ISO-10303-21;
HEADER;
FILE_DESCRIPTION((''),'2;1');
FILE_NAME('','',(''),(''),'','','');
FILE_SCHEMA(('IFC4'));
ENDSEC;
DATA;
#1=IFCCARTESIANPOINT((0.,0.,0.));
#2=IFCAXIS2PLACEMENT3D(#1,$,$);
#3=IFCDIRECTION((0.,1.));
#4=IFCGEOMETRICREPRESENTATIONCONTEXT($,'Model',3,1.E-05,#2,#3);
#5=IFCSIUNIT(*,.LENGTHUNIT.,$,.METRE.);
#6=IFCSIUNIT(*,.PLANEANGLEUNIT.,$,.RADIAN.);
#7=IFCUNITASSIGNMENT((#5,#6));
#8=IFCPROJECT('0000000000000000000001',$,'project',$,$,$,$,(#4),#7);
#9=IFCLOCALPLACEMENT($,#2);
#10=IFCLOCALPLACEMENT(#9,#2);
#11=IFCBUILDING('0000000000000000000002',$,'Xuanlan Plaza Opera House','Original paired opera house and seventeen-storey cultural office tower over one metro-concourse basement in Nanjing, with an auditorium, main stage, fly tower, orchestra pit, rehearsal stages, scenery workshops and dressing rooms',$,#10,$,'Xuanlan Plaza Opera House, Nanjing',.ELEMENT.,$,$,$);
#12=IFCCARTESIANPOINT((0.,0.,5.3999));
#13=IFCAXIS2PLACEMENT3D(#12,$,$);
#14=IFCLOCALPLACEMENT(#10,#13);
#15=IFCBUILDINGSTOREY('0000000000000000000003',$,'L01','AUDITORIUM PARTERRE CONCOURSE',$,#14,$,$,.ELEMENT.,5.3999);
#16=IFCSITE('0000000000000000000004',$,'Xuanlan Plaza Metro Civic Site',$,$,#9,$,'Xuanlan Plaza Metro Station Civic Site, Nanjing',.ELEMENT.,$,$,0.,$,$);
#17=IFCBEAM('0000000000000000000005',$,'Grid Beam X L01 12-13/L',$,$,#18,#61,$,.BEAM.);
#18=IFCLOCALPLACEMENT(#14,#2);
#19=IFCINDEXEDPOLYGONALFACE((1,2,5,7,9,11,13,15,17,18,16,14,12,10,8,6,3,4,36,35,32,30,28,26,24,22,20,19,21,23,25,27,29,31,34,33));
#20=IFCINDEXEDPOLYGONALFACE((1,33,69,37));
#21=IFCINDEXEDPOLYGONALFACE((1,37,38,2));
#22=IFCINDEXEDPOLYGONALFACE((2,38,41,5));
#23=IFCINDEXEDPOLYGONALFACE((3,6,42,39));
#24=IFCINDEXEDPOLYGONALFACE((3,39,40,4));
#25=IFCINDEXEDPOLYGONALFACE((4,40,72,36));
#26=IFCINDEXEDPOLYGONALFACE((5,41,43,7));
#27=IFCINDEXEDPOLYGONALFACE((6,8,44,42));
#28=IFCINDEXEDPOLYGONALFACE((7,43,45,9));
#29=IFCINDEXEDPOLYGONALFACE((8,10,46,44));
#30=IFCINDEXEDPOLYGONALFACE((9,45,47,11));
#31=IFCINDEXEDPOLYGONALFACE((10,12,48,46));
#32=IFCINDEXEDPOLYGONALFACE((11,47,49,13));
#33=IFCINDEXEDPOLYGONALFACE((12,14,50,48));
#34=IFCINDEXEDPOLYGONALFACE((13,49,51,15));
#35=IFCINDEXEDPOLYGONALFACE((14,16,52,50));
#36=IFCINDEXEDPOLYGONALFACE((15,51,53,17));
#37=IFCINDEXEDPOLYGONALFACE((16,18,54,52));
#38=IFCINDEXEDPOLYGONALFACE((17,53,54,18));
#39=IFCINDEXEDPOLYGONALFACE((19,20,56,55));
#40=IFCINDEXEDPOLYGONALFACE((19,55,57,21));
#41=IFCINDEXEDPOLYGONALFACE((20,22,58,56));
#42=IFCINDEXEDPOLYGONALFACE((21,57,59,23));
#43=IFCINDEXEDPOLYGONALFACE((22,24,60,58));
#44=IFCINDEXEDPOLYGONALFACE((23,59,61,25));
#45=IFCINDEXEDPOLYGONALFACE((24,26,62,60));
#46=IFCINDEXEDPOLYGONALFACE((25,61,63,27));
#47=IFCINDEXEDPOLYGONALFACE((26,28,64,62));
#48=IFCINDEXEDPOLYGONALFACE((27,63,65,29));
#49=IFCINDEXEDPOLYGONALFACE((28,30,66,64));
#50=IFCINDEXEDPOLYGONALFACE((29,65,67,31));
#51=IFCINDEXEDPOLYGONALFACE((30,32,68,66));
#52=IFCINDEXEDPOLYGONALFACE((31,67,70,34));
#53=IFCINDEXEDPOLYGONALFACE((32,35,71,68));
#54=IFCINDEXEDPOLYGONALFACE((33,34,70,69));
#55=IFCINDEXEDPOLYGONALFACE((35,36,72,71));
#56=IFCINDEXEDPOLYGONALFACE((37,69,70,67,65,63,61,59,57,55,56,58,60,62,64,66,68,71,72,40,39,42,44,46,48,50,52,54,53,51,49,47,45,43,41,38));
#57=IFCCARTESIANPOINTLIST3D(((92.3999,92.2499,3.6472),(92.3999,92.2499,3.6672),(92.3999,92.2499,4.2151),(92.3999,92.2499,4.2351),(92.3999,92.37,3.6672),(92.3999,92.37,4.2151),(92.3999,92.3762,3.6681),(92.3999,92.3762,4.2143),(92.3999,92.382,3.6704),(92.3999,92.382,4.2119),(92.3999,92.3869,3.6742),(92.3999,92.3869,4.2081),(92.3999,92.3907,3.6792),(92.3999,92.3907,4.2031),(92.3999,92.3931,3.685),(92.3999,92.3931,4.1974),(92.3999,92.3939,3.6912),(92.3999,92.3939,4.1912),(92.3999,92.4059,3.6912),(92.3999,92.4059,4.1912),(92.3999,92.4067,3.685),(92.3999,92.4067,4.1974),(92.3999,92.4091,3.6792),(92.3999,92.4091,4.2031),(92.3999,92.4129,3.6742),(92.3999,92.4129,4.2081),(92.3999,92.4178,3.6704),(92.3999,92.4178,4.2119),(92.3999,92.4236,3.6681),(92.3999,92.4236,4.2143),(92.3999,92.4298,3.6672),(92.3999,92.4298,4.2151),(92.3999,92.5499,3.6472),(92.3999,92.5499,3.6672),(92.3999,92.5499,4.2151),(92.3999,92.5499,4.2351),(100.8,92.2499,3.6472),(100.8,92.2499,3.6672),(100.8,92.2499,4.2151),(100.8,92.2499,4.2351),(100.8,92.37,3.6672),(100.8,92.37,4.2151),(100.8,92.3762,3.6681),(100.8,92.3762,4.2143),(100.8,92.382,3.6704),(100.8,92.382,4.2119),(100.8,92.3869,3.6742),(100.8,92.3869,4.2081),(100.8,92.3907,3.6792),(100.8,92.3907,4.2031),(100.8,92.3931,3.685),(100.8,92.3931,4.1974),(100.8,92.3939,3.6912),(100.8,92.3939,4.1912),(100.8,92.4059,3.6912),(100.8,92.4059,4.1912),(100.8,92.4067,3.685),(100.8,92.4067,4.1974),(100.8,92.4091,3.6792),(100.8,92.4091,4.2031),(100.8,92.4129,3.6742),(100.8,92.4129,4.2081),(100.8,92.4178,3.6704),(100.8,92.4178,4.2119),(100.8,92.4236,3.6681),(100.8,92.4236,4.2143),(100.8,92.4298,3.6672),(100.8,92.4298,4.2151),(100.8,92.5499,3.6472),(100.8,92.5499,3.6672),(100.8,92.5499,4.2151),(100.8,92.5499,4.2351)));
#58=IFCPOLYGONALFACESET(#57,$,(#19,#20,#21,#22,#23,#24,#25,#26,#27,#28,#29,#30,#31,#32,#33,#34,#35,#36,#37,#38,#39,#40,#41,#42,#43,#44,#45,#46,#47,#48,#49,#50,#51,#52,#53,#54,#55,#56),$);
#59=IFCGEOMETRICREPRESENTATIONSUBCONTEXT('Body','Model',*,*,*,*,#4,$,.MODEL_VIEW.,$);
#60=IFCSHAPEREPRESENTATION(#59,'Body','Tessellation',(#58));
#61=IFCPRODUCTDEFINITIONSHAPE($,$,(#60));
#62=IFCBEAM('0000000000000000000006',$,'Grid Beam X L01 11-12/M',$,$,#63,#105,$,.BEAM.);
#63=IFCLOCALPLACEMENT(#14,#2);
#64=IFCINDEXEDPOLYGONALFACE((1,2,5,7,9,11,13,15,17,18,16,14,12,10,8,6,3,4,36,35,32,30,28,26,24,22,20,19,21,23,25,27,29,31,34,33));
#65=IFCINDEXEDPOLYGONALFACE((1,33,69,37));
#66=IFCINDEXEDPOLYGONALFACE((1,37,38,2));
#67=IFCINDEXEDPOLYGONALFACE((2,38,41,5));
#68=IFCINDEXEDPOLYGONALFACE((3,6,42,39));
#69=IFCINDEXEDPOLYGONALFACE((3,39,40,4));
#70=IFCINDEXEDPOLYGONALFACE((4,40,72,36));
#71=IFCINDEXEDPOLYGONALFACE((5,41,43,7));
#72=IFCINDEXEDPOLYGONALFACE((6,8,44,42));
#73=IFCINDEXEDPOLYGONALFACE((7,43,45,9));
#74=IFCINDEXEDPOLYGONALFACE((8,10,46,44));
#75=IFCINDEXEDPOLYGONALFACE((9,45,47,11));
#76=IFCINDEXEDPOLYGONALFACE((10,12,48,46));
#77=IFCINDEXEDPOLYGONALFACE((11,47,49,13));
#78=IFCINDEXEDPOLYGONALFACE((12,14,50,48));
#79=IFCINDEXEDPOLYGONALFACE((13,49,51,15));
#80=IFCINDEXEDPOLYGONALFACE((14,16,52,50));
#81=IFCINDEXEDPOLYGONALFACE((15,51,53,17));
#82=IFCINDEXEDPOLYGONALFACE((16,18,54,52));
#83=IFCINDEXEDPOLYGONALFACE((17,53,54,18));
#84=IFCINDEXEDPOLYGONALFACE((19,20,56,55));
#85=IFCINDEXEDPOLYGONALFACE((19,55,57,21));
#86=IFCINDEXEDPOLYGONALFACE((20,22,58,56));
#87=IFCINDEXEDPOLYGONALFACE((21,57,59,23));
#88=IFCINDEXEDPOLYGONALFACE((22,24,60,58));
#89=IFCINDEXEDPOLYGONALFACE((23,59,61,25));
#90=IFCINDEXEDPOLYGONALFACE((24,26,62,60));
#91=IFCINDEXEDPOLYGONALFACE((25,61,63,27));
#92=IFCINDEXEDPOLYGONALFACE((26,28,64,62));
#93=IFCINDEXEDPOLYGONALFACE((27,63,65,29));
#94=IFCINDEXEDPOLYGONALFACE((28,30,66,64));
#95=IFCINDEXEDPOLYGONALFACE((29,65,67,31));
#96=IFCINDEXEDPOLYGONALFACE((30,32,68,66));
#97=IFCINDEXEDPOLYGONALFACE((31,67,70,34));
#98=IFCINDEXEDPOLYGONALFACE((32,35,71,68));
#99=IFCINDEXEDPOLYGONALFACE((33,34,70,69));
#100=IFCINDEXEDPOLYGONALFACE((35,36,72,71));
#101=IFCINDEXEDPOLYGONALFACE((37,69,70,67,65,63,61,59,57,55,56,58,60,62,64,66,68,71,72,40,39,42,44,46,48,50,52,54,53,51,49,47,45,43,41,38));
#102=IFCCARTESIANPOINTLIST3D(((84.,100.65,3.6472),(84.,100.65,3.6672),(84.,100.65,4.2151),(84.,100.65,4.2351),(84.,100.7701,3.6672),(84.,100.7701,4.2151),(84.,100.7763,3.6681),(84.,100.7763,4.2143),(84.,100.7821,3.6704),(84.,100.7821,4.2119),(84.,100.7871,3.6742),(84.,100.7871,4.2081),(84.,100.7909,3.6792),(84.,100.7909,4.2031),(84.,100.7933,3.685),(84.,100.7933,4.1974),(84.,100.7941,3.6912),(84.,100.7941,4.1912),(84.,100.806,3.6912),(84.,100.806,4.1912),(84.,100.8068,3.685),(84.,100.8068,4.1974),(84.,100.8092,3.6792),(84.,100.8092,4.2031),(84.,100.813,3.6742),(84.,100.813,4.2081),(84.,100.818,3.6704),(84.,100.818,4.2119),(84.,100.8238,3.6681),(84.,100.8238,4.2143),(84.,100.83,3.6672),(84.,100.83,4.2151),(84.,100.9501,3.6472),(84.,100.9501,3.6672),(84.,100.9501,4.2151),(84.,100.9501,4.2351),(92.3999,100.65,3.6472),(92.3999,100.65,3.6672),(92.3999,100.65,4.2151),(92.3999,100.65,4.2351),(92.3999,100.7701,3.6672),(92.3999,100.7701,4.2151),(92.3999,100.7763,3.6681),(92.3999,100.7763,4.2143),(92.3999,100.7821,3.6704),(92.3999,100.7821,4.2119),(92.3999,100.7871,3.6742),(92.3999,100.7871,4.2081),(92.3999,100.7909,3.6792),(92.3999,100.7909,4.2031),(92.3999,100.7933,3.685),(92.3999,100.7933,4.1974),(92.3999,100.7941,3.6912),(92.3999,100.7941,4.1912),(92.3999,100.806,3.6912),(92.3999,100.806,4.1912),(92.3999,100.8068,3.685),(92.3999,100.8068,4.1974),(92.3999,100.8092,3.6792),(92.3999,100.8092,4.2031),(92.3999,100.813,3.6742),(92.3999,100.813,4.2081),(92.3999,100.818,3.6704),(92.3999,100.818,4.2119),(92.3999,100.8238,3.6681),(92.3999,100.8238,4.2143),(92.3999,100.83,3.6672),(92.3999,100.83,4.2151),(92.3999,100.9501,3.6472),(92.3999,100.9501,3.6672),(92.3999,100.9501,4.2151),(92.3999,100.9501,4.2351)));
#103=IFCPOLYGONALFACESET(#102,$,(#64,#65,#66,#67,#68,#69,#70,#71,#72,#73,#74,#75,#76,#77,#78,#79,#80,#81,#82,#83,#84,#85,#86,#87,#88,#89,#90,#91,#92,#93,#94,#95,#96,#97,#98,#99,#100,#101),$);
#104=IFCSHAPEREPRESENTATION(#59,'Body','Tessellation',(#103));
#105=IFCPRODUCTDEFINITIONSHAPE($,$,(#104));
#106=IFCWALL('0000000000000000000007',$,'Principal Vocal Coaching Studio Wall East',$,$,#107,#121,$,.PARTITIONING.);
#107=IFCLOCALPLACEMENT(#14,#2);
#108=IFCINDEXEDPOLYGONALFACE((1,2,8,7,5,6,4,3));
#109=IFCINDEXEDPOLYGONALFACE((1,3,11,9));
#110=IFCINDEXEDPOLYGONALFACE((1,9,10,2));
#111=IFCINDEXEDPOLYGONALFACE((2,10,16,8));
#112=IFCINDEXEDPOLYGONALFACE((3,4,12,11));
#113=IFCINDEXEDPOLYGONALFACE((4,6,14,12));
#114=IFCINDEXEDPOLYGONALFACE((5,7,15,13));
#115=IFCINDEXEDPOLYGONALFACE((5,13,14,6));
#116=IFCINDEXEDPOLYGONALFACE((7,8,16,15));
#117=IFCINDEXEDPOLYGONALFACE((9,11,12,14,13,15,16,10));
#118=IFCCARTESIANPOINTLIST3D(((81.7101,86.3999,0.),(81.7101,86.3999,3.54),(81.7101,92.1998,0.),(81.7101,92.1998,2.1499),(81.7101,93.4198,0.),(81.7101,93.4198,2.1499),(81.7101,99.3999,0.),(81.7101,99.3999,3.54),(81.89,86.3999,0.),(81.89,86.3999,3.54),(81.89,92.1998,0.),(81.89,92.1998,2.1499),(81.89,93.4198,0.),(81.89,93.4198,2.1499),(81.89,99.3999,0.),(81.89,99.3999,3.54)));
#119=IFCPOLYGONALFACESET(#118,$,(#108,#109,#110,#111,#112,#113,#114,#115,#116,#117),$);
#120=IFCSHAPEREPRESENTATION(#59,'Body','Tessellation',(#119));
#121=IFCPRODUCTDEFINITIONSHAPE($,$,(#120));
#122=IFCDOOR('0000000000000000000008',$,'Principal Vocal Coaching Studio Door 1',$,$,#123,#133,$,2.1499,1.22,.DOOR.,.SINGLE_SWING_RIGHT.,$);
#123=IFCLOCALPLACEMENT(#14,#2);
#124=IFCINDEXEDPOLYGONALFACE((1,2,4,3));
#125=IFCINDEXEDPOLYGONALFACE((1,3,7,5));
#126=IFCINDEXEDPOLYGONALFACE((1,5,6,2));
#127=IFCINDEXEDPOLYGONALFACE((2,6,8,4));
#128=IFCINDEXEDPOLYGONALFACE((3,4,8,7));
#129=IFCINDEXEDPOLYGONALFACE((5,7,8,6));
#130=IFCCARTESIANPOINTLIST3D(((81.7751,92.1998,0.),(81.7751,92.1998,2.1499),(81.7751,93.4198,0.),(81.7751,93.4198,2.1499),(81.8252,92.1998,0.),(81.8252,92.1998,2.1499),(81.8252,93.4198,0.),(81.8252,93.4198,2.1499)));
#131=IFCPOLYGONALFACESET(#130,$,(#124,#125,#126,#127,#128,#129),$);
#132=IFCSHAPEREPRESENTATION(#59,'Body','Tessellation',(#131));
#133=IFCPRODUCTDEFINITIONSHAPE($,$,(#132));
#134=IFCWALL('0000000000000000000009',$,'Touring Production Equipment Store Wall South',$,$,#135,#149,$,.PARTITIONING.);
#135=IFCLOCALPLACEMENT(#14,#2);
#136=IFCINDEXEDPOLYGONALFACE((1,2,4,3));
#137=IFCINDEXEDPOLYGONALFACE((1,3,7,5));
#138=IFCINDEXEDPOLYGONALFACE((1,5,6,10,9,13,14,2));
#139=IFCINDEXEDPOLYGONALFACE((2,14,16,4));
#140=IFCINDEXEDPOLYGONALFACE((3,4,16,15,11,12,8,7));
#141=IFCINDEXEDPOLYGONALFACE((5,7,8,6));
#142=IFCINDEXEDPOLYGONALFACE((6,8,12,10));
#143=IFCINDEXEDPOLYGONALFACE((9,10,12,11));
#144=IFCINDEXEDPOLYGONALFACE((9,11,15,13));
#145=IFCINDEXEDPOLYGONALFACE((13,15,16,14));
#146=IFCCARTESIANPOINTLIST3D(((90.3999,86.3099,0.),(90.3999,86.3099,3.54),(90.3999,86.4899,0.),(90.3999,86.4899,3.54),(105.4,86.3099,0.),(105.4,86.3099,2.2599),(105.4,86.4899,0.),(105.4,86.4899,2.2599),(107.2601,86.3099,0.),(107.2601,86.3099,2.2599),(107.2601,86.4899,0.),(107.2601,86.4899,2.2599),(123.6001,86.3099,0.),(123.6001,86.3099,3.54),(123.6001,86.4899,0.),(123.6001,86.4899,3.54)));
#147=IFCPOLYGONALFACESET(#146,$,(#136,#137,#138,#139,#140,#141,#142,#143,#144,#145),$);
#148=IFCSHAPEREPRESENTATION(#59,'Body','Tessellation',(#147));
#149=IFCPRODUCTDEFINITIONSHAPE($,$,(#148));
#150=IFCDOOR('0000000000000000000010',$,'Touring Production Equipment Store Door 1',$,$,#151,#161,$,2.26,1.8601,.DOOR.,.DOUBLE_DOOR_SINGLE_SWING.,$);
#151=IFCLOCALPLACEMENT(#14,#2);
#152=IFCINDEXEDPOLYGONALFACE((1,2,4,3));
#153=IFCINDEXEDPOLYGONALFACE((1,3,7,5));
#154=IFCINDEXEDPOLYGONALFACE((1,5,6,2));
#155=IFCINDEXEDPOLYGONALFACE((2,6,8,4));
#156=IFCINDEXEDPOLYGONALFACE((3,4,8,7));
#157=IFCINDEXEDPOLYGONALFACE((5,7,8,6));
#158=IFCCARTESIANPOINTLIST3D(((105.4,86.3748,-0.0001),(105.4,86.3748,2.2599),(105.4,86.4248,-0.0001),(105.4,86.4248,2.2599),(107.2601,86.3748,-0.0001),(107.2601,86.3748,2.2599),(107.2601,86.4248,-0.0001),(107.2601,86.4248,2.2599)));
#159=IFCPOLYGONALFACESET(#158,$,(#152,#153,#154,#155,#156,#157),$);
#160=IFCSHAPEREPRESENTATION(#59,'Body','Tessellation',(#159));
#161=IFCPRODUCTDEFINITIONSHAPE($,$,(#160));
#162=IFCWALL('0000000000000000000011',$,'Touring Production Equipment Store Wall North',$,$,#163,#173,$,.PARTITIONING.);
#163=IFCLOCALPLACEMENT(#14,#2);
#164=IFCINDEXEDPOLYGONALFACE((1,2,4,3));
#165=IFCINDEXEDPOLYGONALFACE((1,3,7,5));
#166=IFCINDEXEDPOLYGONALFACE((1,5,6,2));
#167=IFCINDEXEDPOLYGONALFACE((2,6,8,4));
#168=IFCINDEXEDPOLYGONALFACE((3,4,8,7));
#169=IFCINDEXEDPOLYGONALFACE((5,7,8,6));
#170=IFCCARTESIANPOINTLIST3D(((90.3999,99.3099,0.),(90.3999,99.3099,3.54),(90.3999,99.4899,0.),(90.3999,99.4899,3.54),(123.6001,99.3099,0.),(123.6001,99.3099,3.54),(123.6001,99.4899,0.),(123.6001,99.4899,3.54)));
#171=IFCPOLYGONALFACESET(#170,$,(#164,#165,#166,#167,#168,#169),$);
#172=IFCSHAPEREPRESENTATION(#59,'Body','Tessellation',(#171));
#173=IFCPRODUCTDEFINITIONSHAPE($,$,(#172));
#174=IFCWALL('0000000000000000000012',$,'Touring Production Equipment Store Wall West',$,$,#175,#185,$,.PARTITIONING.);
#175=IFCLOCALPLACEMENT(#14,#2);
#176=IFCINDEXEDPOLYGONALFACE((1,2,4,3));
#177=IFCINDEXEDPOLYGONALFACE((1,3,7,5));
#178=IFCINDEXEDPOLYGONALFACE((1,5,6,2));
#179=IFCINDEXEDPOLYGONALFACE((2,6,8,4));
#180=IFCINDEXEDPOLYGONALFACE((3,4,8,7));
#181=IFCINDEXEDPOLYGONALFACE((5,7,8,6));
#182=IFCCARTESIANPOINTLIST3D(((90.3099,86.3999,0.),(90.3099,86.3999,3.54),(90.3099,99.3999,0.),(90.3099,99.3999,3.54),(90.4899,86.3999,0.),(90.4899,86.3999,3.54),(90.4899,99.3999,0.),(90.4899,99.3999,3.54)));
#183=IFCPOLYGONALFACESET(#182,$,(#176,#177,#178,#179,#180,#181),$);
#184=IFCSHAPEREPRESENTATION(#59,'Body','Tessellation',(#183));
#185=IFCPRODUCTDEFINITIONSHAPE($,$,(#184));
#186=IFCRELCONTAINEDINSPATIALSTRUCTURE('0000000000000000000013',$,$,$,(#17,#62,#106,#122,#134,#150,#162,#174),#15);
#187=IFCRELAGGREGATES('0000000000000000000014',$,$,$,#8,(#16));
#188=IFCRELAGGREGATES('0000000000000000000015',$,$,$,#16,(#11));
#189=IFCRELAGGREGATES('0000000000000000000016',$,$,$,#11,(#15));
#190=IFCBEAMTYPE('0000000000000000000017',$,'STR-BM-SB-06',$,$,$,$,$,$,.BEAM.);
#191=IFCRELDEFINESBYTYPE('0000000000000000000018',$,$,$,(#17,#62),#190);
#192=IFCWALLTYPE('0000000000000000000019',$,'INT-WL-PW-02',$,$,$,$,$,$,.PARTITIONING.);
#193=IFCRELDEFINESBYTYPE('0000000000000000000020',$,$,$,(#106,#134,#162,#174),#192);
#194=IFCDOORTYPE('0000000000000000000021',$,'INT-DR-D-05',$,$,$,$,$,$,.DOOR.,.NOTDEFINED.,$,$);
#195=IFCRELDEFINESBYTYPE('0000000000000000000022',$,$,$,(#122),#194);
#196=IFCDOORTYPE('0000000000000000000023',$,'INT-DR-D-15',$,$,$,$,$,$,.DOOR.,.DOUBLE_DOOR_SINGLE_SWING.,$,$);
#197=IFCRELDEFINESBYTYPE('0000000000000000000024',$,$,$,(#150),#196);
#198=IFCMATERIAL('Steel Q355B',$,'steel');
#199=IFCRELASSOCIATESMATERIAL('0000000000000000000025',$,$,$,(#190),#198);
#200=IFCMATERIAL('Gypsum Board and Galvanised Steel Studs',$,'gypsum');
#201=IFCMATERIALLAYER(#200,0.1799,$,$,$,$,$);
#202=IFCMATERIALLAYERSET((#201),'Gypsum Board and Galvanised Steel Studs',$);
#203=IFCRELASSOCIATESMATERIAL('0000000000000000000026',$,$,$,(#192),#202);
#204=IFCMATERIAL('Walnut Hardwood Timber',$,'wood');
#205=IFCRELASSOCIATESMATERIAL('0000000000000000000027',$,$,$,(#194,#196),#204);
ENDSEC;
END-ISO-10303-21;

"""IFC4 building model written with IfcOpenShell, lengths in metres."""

from ifc_helpers import new_model, si_unit, direction, frame, frame_2d, origin, origin_2d, place, context, subcontext, project, spatial, rectangle, i_section, extrude, material, layer, layer_set, material_profile, profile_set, type_object, element, fill, save


model = new_model("IFC4")

# Units and contexts
model_context = context("Model", 3, precision=1e-05, world=origin(), true_north=direction((0.0, 1.0)))
body_context = subcontext(model_context, "Body", "Model", "MODEL_VIEW")
ifc_project = project(units=[si_unit("LENGTHUNIT", "METRE"), si_unit("PLANEANGLEUNIT", "RADIAN")], contexts=[model_context])

# Site, building, storey
site_placement = place(None, origin())
site = spatial("IfcSite", under=ifc_project, at=site_placement, Name="Xuanlan Plaza Metro Civic Site", LongName="Xuanlan Plaza Metro Station Civic Site, Nanjing", CompositionType="ELEMENT", RefElevation=0.0)
building_placement = place(site_placement, origin())
building = spatial("IfcBuilding", under=site, at=building_placement, Name="Xuanlan Plaza Opera House", Description="Original paired opera house and seventeen-storey cultural office tower over one metro-concourse basement in Nanjing, with an auditorium, main stage, fly tower, orchestra pit, rehearsal stages, scenery workshops and dressing rooms", LongName="Xuanlan Plaza Opera House, Nanjing", CompositionType="ELEMENT")
storey_placement = place(building_placement, frame((0.0, 0.0, 5.3999)))
storey = spatial("IfcBuildingStorey", under=building, at=storey_placement, Name="L01", Description="AUDITORIUM PARTERRE CONCOURSE", CompositionType="ELEMENT", Elevation=5.3999)

# Beams
ifc_material_1 = material(Name="Steel Q355B", Category="steel")
ifc_material_profile_1 = material_profile(ifc_material_1, i_section(OverallWidth=0.3, OverallDepth=0.5879, WebThickness=0.012, FlangeThickness=0.02, FilletRadius=0.0239, at=origin_2d()), Name="HM 588x300x12x20")
ifc_profile_set_1 = profile_set([ifc_material_profile_1], Name="Steel Q355B")
beam_type_1 = type_object("IfcBeamType", Name="STR-BM-SB-06", PredefinedType="BEAM", material=ifc_profile_set_1)
beam_1_placement = place(storey_placement, frame((92.3999, 92.3999, 3.9412), z_axis=(1.0, 0.0, 0.0), x_axis=(0.0, 1.0, 0.0)))
element("IfcBeam", 1, at=beam_1_placement, inside=storey, type_object=beam_type_1, Name="Grid Beam X L01 12-13/L", PredefinedType="BEAM", context=body_context, shape_type="SweptSolid", body=[
    extrude(i_section(OverallWidth=0.3, OverallDepth=0.5879, WebThickness=0.012, FlangeThickness=0.02, FilletRadius=0.0239, at=origin_2d()), origin(), (0.0, 0.0, 1.0), 8.4001),
])
beam_2_placement = place(storey_placement, frame((84.0, 100.8, 3.9412), z_axis=(1.0, 0.0, 0.0), x_axis=(0.0, 1.0, 0.0)))
element("IfcBeam", 2, at=beam_2_placement, inside=storey, type_object=beam_type_1, Name="Grid Beam X L01 11-12/M", PredefinedType="BEAM", context=body_context, shape_type="SweptSolid", body=[
    extrude(i_section(OverallWidth=0.3, OverallDepth=0.5879, WebThickness=0.012, FlangeThickness=0.02, FilletRadius=0.0239, at=origin_2d()), origin(), (0.0, 0.0, 1.0), 8.3999),
])

# Walls, openings, doors
ifc_material_2 = material(Name="Gypsum Board and Galvanised Steel Studs", Category="gypsum")
ifc_layer_1 = layer(ifc_material_2, 0.1799)
ifc_layer_set_1 = layer_set([ifc_layer_1], Name="Gypsum Board and Galvanised Steel Studs")
wall_type_1 = type_object("IfcWallType", Name="INT-WL-PW-02", PredefinedType="PARTITIONING", material=ifc_layer_set_1)
wall_1_placement = place(storey_placement, frame((81.8, 86.3999, 0.0), z_axis=(0.0, 0.0, 1.0), x_axis=(0.0, 1.0, 0.0)))
wall_1 = element("IfcWall", 3, at=wall_1_placement, inside=storey, type_object=wall_type_1, Name="Principal Vocal Coaching Studio Wall East", PredefinedType="PARTITIONING", context=body_context, shape_type="SweptSolid", body=[
    extrude(rectangle(XDim=13.0, YDim=0.1799, at=frame_2d((6.5, 0.0))), origin(), (0.0, 0.0, 1.0), 3.54),
])
opening_1_placement = place(wall_1_placement, frame((5.8, 0.0, 0.0)))
opening_1 = element("IfcOpeningElement", 4, at=opening_1_placement, cuts=wall_1, PredefinedType="OPENING", context=body_context, shape_type="SweptSolid", body=[
    extrude(rectangle(XDim=1.22, YDim=2.1499, at=frame_2d((0.6099, 1.075))), frame((0.0, 0.0999, 0.0), z_axis=(0.0, -1.0, 0.0), x_axis=(1.0, 0.0, 0.0)), (0.0, 0.0, 1.0), 0.2),
])
ifc_material_3 = material(Name="Walnut Hardwood Timber", Category="wood")
door_type_1 = type_object("IfcDoorType", Name="INT-DR-D-05", OperationType="NOTDEFINED", PredefinedType="DOOR", material=ifc_material_3)
door_1_placement = place(opening_1_placement, origin())
door_1 = element("IfcDoor", 5, at=door_1_placement, inside=storey, type_object=door_type_1, Name="Principal Vocal Coaching Studio Door 1", OperationType="SINGLE_SWING_RIGHT", OverallHeight=2.1499, OverallWidth=1.22, PredefinedType="DOOR", context=body_context, shape_type="SweptSolid", body=[
    extrude(rectangle(XDim=1.22, YDim=2.1499, at=frame_2d((0.6099, 1.075))), frame((0.0, 0.0249, 0.0), z_axis=(0.0, -1.0, 0.0), x_axis=(1.0, 0.0, 0.0)), (0.0, 0.0, 1.0), 0.05),
])
fill(opening_1, door_1)
wall_2_placement = place(storey_placement, frame((90.3999, 86.3999, 0.0), z_axis=(0.0, 0.0, 1.0), x_axis=(1.0, 0.0, 0.0)))
wall_2 = element("IfcWall", 6, at=wall_2_placement, inside=storey, type_object=wall_type_1, Name="Touring Production Equipment Store Wall South", PredefinedType="PARTITIONING", context=body_context, shape_type="SweptSolid", body=[
    extrude(rectangle(XDim=33.2002, YDim=0.1799, at=frame_2d((16.6001, 0.0))), origin(), (0.0, 0.0, 1.0), 3.54),
])
opening_2_placement = place(wall_2_placement, frame((15.0, 0.0, 0.0)))
opening_2 = element("IfcOpeningElement", 7, at=opening_2_placement, cuts=wall_2, PredefinedType="OPENING", context=body_context, shape_type="SweptSolid", body=[
    extrude(rectangle(XDim=1.8601, YDim=2.26, at=frame_2d((0.9302, 1.1299))), frame((0.0, 0.0999, 0.0), z_axis=(0.0, -1.0, 0.0), x_axis=(1.0, 0.0, 0.0)), (0.0, 0.0, 1.0), 0.2),
])
door_type_2 = type_object("IfcDoorType", Name="INT-DR-D-15", OperationType="DOUBLE_DOOR_SINGLE_SWING", PredefinedType="DOOR", material=ifc_material_3)
door_2_placement = place(opening_2_placement, origin())
door_2 = element("IfcDoor", 8, at=door_2_placement, inside=storey, type_object=door_type_2, Name="Touring Production Equipment Store Door 1", OperationType="DOUBLE_DOOR_SINGLE_SWING", OverallHeight=2.26, OverallWidth=1.8601, PredefinedType="DOOR", context=body_context, shape_type="SweptSolid", body=[
    extrude(rectangle(XDim=1.8601, YDim=2.26, at=frame_2d((0.9302, 1.1299))), frame((0.0, 0.0249, 0.0), z_axis=(0.0, -1.0, 0.0), x_axis=(1.0, 0.0, 0.0)), (0.0, 0.0, 1.0), 0.05),
])
fill(opening_2, door_2)

# Walls
wall_3_placement = place(storey_placement, frame((90.3999, 99.3999, 0.0), z_axis=(0.0, 0.0, 1.0), x_axis=(1.0, 0.0, 0.0)))
element("IfcWall", 9, at=wall_3_placement, inside=storey, type_object=wall_type_1, Name="Touring Production Equipment Store Wall North", PredefinedType="PARTITIONING", context=body_context, shape_type="SweptSolid", body=[
    extrude(rectangle(XDim=33.2002, YDim=0.1799, at=frame_2d((16.6001, 0.0))), origin(), (0.0, 0.0, 1.0), 3.54),
])
wall_4_placement = place(storey_placement, frame((90.3999, 86.3999, 0.0), z_axis=(0.0, 0.0, 1.0), x_axis=(0.0, 1.0, 0.0)))
element("IfcWall", 10, at=wall_4_placement, inside=storey, type_object=wall_type_1, Name="Touring Production Equipment Store Wall West", PredefinedType="PARTITIONING", context=body_context, shape_type="SweptSolid", body=[
    extrude(rectangle(XDim=13.0, YDim=0.1799, at=frame_2d((6.5, 0.0))), origin(), (0.0, 0.0, 1.0), 3.54),
])

save(model, "model.ifc")
